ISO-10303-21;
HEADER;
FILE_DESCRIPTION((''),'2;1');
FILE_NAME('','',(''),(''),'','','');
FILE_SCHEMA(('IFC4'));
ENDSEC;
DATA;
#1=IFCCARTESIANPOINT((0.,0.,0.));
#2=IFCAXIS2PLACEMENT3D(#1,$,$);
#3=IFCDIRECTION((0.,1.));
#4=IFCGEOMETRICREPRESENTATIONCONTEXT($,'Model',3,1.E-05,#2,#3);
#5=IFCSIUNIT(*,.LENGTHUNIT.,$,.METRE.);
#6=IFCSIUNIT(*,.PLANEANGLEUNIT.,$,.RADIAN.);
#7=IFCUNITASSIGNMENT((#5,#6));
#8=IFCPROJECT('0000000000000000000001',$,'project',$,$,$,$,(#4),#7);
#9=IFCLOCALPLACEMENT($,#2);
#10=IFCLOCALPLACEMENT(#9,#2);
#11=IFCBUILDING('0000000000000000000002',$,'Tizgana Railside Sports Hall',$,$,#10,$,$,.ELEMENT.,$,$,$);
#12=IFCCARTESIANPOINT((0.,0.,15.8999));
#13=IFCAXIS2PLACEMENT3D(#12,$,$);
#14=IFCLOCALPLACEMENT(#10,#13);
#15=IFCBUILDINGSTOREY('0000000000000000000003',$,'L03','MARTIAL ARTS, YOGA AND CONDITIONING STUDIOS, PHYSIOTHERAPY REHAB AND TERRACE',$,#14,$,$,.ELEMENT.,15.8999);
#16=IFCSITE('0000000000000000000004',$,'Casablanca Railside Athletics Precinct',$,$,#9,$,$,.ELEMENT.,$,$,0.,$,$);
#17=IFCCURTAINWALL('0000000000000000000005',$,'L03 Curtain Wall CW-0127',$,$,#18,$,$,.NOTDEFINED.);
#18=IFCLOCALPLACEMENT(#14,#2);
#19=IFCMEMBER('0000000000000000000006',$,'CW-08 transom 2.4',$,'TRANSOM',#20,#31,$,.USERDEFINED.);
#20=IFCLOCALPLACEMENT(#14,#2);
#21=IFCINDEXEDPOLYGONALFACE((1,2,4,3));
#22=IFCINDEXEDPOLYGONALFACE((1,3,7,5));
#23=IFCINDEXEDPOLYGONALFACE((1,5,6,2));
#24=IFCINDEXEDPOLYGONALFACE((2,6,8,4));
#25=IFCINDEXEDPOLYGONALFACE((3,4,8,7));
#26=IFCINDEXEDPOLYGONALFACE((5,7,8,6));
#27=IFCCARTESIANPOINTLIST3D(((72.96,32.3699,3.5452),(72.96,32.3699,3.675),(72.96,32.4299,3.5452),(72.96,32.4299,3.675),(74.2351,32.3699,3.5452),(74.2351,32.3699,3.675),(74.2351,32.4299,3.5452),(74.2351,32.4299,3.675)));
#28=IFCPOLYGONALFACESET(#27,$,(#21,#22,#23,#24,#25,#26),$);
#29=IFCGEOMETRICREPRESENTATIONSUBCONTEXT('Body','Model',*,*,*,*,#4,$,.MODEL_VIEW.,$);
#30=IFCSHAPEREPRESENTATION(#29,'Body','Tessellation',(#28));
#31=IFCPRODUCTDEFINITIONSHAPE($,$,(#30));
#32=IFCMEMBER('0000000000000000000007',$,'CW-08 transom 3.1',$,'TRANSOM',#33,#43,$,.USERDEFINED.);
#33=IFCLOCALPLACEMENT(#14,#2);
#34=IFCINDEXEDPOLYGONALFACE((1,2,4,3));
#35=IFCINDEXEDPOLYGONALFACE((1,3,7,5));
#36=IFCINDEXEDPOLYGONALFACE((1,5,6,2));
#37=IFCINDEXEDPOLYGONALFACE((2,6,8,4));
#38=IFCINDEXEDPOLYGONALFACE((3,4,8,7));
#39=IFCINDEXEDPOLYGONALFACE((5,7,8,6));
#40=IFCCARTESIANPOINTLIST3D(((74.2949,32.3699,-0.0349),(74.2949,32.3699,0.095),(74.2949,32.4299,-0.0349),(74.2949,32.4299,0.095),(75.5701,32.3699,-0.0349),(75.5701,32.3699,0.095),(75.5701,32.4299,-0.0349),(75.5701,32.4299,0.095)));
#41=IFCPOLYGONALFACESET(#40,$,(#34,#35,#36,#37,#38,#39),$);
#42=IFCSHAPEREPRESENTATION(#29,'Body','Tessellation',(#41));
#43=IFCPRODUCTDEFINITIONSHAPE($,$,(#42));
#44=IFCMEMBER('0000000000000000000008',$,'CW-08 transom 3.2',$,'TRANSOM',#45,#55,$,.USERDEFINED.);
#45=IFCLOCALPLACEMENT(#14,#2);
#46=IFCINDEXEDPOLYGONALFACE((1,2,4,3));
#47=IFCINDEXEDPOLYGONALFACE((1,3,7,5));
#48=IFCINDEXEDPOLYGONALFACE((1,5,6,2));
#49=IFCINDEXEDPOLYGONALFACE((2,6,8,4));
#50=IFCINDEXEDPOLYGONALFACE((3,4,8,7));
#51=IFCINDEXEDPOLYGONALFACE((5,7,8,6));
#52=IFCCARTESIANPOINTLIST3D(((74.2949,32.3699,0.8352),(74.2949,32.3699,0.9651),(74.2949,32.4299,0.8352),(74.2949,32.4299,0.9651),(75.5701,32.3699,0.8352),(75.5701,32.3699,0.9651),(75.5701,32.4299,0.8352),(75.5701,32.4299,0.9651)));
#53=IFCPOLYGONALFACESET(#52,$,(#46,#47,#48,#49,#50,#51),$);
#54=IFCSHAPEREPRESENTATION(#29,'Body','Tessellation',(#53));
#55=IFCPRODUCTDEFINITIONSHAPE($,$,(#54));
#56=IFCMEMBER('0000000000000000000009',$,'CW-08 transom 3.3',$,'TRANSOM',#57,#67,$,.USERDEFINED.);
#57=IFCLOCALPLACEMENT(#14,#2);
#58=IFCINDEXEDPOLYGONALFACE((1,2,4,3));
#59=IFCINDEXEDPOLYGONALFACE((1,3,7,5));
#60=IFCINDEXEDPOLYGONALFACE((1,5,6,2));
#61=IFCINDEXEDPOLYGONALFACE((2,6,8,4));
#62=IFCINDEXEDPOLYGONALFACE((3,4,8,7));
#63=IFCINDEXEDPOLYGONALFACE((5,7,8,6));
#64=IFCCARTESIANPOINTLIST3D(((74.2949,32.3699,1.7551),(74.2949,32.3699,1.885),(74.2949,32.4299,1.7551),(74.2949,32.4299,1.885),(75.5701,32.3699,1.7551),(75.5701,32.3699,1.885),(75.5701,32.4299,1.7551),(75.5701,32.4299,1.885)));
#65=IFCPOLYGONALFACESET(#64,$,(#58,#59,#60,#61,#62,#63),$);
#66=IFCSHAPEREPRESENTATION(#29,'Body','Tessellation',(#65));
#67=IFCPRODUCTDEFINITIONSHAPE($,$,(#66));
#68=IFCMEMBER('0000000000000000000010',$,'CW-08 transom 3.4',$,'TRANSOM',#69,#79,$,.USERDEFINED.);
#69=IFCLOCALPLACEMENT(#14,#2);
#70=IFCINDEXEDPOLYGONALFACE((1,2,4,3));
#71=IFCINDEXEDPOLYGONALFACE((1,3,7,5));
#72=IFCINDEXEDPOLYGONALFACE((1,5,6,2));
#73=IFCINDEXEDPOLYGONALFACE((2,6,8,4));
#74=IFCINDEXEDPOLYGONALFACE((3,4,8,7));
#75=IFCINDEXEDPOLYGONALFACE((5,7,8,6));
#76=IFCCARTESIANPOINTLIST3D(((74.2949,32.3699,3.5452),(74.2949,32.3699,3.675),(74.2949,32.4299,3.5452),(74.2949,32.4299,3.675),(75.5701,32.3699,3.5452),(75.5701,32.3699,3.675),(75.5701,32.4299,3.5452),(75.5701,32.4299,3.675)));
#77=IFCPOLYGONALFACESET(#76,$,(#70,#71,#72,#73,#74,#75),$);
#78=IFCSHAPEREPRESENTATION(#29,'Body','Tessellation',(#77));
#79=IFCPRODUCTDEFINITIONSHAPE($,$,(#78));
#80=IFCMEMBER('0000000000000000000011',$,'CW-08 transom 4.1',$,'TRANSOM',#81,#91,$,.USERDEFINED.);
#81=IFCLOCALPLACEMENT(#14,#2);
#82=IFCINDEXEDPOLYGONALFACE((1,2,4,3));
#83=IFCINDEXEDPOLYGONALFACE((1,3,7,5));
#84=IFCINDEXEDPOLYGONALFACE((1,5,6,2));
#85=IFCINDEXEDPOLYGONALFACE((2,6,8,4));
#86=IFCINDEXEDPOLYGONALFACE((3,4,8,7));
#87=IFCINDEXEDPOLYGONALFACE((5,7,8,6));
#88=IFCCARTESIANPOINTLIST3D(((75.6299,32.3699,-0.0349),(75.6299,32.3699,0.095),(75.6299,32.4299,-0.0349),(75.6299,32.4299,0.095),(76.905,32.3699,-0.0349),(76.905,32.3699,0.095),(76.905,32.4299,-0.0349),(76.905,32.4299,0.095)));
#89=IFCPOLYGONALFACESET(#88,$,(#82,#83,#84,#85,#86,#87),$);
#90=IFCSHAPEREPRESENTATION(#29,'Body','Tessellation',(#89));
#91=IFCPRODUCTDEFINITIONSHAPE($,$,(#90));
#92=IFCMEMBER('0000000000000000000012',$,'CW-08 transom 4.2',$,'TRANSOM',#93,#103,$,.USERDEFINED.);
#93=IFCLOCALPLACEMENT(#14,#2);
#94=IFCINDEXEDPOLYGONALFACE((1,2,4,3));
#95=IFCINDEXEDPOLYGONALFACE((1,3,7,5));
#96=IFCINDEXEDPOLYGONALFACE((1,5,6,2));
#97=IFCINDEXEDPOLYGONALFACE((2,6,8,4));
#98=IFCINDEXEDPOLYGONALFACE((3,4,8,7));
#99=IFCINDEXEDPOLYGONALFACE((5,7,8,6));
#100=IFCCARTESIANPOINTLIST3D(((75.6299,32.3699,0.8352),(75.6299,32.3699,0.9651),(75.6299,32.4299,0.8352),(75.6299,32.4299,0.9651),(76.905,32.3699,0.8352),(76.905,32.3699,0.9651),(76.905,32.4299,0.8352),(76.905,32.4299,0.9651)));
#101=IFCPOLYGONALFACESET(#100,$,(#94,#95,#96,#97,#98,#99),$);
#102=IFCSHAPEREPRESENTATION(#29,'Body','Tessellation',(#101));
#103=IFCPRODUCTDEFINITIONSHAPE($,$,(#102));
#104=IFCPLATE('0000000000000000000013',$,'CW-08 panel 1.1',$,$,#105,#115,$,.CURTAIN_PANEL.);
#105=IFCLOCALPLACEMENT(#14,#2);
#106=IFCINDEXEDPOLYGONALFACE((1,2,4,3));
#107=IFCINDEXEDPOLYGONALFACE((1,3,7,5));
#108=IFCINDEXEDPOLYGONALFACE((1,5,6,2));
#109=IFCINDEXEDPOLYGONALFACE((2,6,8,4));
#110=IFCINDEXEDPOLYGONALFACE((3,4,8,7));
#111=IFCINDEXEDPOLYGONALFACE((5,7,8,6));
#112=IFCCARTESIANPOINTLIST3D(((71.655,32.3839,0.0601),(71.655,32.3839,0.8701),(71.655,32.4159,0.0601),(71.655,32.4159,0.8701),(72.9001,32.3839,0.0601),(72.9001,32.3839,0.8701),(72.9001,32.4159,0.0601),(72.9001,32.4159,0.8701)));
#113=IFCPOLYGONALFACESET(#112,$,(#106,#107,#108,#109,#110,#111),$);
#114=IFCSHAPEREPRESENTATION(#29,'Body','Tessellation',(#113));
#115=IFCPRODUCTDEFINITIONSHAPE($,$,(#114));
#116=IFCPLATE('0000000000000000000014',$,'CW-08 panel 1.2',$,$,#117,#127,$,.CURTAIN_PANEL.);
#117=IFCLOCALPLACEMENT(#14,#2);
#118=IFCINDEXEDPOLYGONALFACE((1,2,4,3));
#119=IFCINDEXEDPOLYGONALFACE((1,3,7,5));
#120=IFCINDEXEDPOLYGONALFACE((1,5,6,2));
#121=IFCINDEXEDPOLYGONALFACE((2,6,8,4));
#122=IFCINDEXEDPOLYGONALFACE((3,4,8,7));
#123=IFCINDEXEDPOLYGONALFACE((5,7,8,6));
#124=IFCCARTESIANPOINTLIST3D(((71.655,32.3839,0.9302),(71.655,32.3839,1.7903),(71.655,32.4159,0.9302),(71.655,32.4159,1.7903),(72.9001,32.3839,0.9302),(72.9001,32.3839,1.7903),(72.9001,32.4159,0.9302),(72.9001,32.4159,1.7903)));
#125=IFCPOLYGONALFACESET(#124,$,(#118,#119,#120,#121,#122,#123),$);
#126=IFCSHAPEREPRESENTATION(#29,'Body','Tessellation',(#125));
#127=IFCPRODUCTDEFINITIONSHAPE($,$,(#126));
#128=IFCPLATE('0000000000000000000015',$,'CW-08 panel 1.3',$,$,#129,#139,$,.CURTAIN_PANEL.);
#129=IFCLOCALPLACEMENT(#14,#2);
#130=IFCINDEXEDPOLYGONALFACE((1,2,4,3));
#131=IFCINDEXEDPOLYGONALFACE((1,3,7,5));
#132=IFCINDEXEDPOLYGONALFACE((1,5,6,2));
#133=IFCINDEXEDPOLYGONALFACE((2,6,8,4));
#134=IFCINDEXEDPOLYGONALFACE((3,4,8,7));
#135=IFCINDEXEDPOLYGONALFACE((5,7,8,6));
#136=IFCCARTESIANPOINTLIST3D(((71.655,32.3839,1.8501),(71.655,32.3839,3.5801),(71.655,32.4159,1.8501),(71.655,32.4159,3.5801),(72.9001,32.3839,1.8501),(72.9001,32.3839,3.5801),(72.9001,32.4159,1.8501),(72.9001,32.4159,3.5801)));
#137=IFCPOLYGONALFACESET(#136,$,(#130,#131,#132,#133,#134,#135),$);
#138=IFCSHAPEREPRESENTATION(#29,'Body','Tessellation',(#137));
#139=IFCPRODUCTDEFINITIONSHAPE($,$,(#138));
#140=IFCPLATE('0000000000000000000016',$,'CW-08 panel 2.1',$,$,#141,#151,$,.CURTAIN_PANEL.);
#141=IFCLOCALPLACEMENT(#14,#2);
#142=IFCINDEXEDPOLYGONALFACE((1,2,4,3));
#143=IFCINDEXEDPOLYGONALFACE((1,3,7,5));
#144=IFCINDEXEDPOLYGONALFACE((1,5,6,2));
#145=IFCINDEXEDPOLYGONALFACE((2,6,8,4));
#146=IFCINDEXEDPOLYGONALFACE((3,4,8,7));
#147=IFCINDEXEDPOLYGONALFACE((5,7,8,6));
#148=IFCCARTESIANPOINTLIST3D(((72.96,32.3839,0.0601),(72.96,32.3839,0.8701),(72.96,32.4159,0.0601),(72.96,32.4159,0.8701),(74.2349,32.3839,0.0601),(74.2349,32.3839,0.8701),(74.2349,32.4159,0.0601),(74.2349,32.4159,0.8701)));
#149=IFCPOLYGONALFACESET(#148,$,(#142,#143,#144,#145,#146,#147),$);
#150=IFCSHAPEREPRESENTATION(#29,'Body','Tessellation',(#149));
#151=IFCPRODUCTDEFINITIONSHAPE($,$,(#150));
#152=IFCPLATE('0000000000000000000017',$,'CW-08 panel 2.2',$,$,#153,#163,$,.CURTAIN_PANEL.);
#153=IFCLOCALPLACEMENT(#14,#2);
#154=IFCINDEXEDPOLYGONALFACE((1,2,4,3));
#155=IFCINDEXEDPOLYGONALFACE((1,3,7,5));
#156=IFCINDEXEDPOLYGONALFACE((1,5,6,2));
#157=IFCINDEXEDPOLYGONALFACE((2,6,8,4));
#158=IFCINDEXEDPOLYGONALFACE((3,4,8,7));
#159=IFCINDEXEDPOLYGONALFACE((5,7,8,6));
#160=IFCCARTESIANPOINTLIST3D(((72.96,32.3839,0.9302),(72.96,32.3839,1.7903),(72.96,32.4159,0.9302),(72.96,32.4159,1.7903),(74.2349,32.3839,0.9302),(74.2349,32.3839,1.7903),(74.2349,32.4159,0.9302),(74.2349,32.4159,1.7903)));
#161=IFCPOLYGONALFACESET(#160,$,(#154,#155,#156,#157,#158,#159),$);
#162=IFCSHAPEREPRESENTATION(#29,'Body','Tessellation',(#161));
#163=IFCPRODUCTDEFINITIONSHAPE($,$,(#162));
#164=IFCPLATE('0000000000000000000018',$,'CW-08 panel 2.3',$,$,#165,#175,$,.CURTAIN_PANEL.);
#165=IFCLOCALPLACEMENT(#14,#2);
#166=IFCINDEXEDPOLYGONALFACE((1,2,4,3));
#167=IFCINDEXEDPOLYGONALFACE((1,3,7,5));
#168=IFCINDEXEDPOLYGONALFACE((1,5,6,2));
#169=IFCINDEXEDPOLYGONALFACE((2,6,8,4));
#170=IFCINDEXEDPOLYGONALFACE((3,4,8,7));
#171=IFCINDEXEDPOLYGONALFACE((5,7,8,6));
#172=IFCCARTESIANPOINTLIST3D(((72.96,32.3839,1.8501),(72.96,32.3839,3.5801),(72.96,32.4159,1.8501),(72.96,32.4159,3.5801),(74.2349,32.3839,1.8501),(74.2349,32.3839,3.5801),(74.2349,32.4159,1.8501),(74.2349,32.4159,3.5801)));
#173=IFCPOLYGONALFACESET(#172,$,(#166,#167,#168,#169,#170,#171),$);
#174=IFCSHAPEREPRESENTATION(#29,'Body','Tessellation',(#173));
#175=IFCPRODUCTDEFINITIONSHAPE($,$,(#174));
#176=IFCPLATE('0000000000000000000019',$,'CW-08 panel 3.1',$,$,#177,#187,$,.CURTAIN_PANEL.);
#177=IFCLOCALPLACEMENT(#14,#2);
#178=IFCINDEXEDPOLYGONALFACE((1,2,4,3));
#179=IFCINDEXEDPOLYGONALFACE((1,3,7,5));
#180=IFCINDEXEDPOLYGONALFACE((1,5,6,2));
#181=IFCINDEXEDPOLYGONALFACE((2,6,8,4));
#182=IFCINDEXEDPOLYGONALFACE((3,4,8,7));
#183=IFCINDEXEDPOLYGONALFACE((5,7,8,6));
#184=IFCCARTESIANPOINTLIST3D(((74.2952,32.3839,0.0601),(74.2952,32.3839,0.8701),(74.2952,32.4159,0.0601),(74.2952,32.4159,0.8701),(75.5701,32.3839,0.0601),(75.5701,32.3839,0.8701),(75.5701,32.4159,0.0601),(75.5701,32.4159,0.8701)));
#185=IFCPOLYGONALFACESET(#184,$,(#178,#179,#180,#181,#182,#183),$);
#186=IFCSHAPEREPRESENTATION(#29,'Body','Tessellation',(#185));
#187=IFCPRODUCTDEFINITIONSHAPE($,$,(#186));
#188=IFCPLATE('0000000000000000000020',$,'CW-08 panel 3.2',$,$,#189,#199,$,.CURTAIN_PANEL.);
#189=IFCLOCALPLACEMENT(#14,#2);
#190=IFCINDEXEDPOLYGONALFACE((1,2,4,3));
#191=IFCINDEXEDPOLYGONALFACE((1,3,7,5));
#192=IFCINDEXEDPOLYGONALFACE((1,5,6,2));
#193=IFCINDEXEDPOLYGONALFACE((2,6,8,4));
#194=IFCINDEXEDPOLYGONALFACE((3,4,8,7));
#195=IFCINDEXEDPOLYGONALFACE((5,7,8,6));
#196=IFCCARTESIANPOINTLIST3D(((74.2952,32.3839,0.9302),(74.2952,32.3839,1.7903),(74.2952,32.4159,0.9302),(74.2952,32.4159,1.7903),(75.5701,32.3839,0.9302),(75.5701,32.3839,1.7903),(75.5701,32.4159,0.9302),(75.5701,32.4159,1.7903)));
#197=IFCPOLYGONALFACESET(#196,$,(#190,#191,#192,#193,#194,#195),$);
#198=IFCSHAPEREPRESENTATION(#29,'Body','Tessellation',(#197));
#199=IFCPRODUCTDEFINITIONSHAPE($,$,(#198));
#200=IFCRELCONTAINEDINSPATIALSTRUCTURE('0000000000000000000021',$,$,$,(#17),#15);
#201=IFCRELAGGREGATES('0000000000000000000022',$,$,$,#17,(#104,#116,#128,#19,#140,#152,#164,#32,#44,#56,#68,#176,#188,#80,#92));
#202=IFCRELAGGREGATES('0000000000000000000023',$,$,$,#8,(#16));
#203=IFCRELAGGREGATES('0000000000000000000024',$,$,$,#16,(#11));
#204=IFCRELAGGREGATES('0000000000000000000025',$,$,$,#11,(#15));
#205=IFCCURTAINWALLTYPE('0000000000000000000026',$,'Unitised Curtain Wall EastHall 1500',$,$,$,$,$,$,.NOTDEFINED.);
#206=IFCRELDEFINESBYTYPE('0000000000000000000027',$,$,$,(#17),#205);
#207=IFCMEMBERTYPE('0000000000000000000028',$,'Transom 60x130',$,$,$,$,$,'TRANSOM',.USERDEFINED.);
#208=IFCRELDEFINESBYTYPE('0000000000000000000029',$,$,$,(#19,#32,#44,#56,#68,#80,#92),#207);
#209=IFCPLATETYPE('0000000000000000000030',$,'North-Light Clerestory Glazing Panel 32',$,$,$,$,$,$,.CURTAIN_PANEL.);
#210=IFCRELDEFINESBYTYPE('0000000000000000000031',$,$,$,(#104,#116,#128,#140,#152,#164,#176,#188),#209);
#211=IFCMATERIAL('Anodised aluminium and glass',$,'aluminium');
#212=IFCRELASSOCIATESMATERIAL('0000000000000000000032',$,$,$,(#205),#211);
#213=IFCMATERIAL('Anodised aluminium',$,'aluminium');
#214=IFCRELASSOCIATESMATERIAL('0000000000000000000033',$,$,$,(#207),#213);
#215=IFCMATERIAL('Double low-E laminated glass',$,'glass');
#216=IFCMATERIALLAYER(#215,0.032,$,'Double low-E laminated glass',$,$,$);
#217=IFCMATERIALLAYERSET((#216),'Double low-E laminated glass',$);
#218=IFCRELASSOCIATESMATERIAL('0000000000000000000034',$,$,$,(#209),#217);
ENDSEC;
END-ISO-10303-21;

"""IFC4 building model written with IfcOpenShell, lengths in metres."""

from ifc_helpers import new_model, si_unit, direction, frame, origin, origin_2d, place, context, subcontext, project, spatial, rectangle, extrude, material, layer, layer_set, material_profile, profile_set, type_object, element, aggregate, save


model = new_model("IFC4")

# Units and contexts
model_context = context("Model", 3, precision=1e-05, world=origin(), true_north=direction((0.0, 1.0)))
body_context = subcontext(model_context, "Body", "Model", "MODEL_VIEW")
ifc_project = project(units=[si_unit("LENGTHUNIT", "METRE"), si_unit("PLANEANGLEUNIT", "RADIAN")], contexts=[model_context])

# Site, building, storey
site_placement = place(None, origin())
site = spatial("IfcSite", under=ifc_project, at=site_placement, Name="Casablanca Railside Athletics Precinct", CompositionType="ELEMENT", RefElevation=0.0)
building_placement = place(site_placement, origin())
building = spatial("IfcBuilding", under=site, at=building_placement, Name="Tizgana Railside Sports Hall", CompositionType="ELEMENT")
storey_placement = place(building_placement, frame((0.0, 0.0, 15.8999)))
storey = spatial("IfcBuildingStorey", under=building, at=storey_placement, Name="L03", Description="MARTIAL ARTS, YOGA AND CONDITIONING STUDIOS, PHYSIOTHERAPY REHAB AND TERRACE", CompositionType="ELEMENT", Elevation=15.8999)

# Curtain wall, members, plates
ifc_material_1 = material(Name="Anodised aluminium and glass", Category="aluminium")
curtain_wall_type = type_object("IfcCurtainWallType", Name="Unitised Curtain Wall EastHall 1500", PredefinedType="NOTDEFINED", material=ifc_material_1)
curtain_wall_placement = place(storey_placement, origin())
curtain_wall = element("IfcCurtainWall", 1, at=curtain_wall_placement, inside=storey, type_object=curtain_wall_type, Name="L03 Curtain Wall CW-0127", PredefinedType="NOTDEFINED")
ifc_material_2 = material(Name="Anodised aluminium", Category="aluminium")
ifc_material_profile_1 = material_profile(ifc_material_2, rectangle(XDim=0.0601, YDim=0.1299, at=origin_2d()), Name="Transom 60x130")
ifc_profile_set_1 = profile_set([ifc_material_profile_1], Name="Anodised aluminium")
member_type_1 = type_object("IfcMemberType", Name="Transom 60x130", ElementType="TRANSOM", PredefinedType="USERDEFINED", material=ifc_profile_set_1)
member_1_placement = place(storey_placement, frame((72.96, 32.3999, 3.6101), z_axis=(1.0, 0.0, 0.0), x_axis=(0.0, 1.0, 0.0)))
member_1 = element("IfcMember", 2, at=member_1_placement, type_object=member_type_1, Name="CW-08 transom 2.4", ObjectType="TRANSOM", PredefinedType="USERDEFINED", context=body_context, shape_type="SweptSolid", body=[
    extrude(rectangle(XDim=0.0601, YDim=0.1299, at=origin_2d()), origin(), (0.0, 0.0, 1.0), 1.2751),
])
member_2_placement = place(storey_placement, frame((74.2949, 32.3999, 0.03), z_axis=(1.0, 0.0, 0.0), x_axis=(0.0, 1.0, 0.0)))
member_2 = element("IfcMember", 3, at=member_2_placement, type_object=member_type_1, Name="CW-08 transom 3.1", ObjectType="TRANSOM", PredefinedType="USERDEFINED", context=body_context, shape_type="SweptSolid", body=[
    extrude(rectangle(XDim=0.0601, YDim=0.1299, at=origin_2d()), origin(), (0.0, 0.0, 1.0), 1.2751),
])
member_3_placement = place(storey_placement, frame((74.2949, 32.3999, 0.9001), z_axis=(1.0, 0.0, 0.0), x_axis=(0.0, 1.0, 0.0)))
member_3 = element("IfcMember", 4, at=member_3_placement, type_object=member_type_1, Name="CW-08 transom 3.2", ObjectType="TRANSOM", PredefinedType="USERDEFINED", context=body_context, shape_type="SweptSolid", body=[
    extrude(rectangle(XDim=0.0601, YDim=0.1299, at=origin_2d()), origin(), (0.0, 0.0, 1.0), 1.2751),
])
member_4_placement = place(storey_placement, frame((74.2949, 32.3999, 1.8201), z_axis=(1.0, 0.0, 0.0), x_axis=(0.0, 1.0, 0.0)))
member_4 = element("IfcMember", 5, at=member_4_placement, type_object=member_type_1, Name="CW-08 transom 3.3", ObjectType="TRANSOM", PredefinedType="USERDEFINED", context=body_context, shape_type="SweptSolid", body=[
    extrude(rectangle(XDim=0.0601, YDim=0.1299, at=origin_2d()), origin(), (0.0, 0.0, 1.0), 1.2751),
])
member_5_placement = place(storey_placement, frame((74.2949, 32.3999, 3.6101), z_axis=(1.0, 0.0, 0.0), x_axis=(0.0, 1.0, 0.0)))
member_5 = element("IfcMember", 6, at=member_5_placement, type_object=member_type_1, Name="CW-08 transom 3.4", ObjectType="TRANSOM", PredefinedType="USERDEFINED", context=body_context, shape_type="SweptSolid", body=[
    extrude(rectangle(XDim=0.0601, YDim=0.1299, at=origin_2d()), origin(), (0.0, 0.0, 1.0), 1.2751),
])
member_6_placement = place(storey_placement, frame((75.6299, 32.3999, 0.03), z_axis=(1.0, 0.0, 0.0), x_axis=(0.0, 1.0, 0.0)))
member_6 = element("IfcMember", 7, at=member_6_placement, type_object=member_type_1, Name="CW-08 transom 4.1", ObjectType="TRANSOM", PredefinedType="USERDEFINED", context=body_context, shape_type="SweptSolid", body=[
    extrude(rectangle(XDim=0.0601, YDim=0.1299, at=origin_2d()), origin(), (0.0, 0.0, 1.0), 1.2751),
])
member_7_placement = place(storey_placement, frame((75.6299, 32.3999, 0.9001), z_axis=(1.0, 0.0, 0.0), x_axis=(0.0, 1.0, 0.0)))
member_7 = element("IfcMember", 8, at=member_7_placement, type_object=member_type_1, Name="CW-08 transom 4.2", ObjectType="TRANSOM", PredefinedType="USERDEFINED", context=body_context, shape_type="SweptSolid", body=[
    extrude(rectangle(XDim=0.0601, YDim=0.1299, at=origin_2d()), origin(), (0.0, 0.0, 1.0), 1.2751),
])
ifc_material_3 = material(Name="Double low-E laminated glass", Category="glass")
ifc_layer_1 = layer(ifc_material_3, 0.032, Name="Double low-E laminated glass")
ifc_layer_set_1 = layer_set([ifc_layer_1], Name="Double low-E laminated glass")
plate_type = type_object("IfcPlateType", Name="North-Light Clerestory Glazing Panel 32", PredefinedType="CURTAIN_PANEL", material=ifc_layer_set_1)
plate_1_placement = place(storey_placement, frame((72.2776, 32.3999, 0.0601), z_axis=(0.0, 0.0, 1.0), x_axis=(1.0, 0.0, 0.0)))
plate_1 = element("IfcPlate", 9, at=plate_1_placement, type_object=plate_type, Name="CW-08 panel 1.1", PredefinedType="CURTAIN_PANEL", context=body_context, shape_type="SweptSolid", body=[
    extrude(rectangle(XDim=1.2451, YDim=0.032, at=origin_2d()), origin(), (0.0, 0.0, 1.0), 0.8101),
])
plate_2_placement = place(storey_placement, frame((72.2776, 32.3999, 0.9302), z_axis=(0.0, 0.0, 1.0), x_axis=(1.0, 0.0, 0.0)))
plate_2 = element("IfcPlate", 10, at=plate_2_placement, type_object=plate_type, Name="CW-08 panel 1.2", PredefinedType="CURTAIN_PANEL", context=body_context, shape_type="SweptSolid", body=[
    extrude(rectangle(XDim=1.2451, YDim=0.032, at=origin_2d()), origin(), (0.0, 0.0, 1.0), 0.8601),
])
plate_3_placement = place(storey_placement, frame((72.2776, 32.3999, 1.8501), z_axis=(0.0, 0.0, 1.0), x_axis=(1.0, 0.0, 0.0)))
plate_3 = element("IfcPlate", 11, at=plate_3_placement, type_object=plate_type, Name="CW-08 panel 1.3", PredefinedType="CURTAIN_PANEL", context=body_context, shape_type="SweptSolid", body=[
    extrude(rectangle(XDim=1.2451, YDim=0.032, at=origin_2d()), origin(), (0.0, 0.0, 1.0), 1.73),
])
plate_4_placement = place(storey_placement, frame((73.5974, 32.3999, 0.0601), z_axis=(0.0, 0.0, 1.0), x_axis=(1.0, 0.0, 0.0)))
plate_4 = element("IfcPlate", 12, at=plate_4_placement, type_object=plate_type, Name="CW-08 panel 2.1", PredefinedType="CURTAIN_PANEL", context=body_context, shape_type="SweptSolid", body=[
    extrude(rectangle(XDim=1.2749, YDim=0.032, at=origin_2d()), origin(), (0.0, 0.0, 1.0), 0.8101),
])
plate_5_placement = place(storey_placement, frame((73.5974, 32.3999, 0.9302), z_axis=(0.0, 0.0, 1.0), x_axis=(1.0, 0.0, 0.0)))
plate_5 = element("IfcPlate", 13, at=plate_5_placement, type_object=plate_type, Name="CW-08 panel 2.2", PredefinedType="CURTAIN_PANEL", context=body_context, shape_type="SweptSolid", body=[
    extrude(rectangle(XDim=1.2749, YDim=0.032, at=origin_2d()), origin(), (0.0, 0.0, 1.0), 0.8601),
])
plate_6_placement = place(storey_placement, frame((73.5974, 32.3999, 1.8501), z_axis=(0.0, 0.0, 1.0), x_axis=(1.0, 0.0, 0.0)))
plate_6 = element("IfcPlate", 14, at=plate_6_placement, type_object=plate_type, Name="CW-08 panel 2.3", PredefinedType="CURTAIN_PANEL", context=body_context, shape_type="SweptSolid", body=[
    extrude(rectangle(XDim=1.2749, YDim=0.032, at=origin_2d()), origin(), (0.0, 0.0, 1.0), 1.73),
])
plate_7_placement = place(storey_placement, frame((74.9326, 32.3999, 0.0601), z_axis=(0.0, 0.0, 1.0), x_axis=(1.0, 0.0, 0.0)))
plate_7 = element("IfcPlate", 15, at=plate_7_placement, type_object=plate_type, Name="CW-08 panel 3.1", PredefinedType="CURTAIN_PANEL", context=body_context, shape_type="SweptSolid", body=[
    extrude(rectangle(XDim=1.2749, YDim=0.032, at=origin_2d()), origin(), (0.0, 0.0, 1.0), 0.8101),
])
plate_8_placement = place(storey_placement, frame((74.9326, 32.3999, 0.9302), z_axis=(0.0, 0.0, 1.0), x_axis=(1.0, 0.0, 0.0)))
plate_8 = element("IfcPlate", 16, at=plate_8_placement, type_object=plate_type, Name="CW-08 panel 3.2", PredefinedType="CURTAIN_PANEL", context=body_context, shape_type="SweptSolid", body=[
    extrude(rectangle(XDim=1.2749, YDim=0.032, at=origin_2d()), origin(), (0.0, 0.0, 1.0), 0.8601),
])
aggregate(curtain_wall, [plate_1, plate_2, plate_3, member_1, plate_4, plate_5, plate_6, member_2, member_3, member_4, member_5, plate_7, plate_8, member_6, member_7])

save(model, "model.ifc")
